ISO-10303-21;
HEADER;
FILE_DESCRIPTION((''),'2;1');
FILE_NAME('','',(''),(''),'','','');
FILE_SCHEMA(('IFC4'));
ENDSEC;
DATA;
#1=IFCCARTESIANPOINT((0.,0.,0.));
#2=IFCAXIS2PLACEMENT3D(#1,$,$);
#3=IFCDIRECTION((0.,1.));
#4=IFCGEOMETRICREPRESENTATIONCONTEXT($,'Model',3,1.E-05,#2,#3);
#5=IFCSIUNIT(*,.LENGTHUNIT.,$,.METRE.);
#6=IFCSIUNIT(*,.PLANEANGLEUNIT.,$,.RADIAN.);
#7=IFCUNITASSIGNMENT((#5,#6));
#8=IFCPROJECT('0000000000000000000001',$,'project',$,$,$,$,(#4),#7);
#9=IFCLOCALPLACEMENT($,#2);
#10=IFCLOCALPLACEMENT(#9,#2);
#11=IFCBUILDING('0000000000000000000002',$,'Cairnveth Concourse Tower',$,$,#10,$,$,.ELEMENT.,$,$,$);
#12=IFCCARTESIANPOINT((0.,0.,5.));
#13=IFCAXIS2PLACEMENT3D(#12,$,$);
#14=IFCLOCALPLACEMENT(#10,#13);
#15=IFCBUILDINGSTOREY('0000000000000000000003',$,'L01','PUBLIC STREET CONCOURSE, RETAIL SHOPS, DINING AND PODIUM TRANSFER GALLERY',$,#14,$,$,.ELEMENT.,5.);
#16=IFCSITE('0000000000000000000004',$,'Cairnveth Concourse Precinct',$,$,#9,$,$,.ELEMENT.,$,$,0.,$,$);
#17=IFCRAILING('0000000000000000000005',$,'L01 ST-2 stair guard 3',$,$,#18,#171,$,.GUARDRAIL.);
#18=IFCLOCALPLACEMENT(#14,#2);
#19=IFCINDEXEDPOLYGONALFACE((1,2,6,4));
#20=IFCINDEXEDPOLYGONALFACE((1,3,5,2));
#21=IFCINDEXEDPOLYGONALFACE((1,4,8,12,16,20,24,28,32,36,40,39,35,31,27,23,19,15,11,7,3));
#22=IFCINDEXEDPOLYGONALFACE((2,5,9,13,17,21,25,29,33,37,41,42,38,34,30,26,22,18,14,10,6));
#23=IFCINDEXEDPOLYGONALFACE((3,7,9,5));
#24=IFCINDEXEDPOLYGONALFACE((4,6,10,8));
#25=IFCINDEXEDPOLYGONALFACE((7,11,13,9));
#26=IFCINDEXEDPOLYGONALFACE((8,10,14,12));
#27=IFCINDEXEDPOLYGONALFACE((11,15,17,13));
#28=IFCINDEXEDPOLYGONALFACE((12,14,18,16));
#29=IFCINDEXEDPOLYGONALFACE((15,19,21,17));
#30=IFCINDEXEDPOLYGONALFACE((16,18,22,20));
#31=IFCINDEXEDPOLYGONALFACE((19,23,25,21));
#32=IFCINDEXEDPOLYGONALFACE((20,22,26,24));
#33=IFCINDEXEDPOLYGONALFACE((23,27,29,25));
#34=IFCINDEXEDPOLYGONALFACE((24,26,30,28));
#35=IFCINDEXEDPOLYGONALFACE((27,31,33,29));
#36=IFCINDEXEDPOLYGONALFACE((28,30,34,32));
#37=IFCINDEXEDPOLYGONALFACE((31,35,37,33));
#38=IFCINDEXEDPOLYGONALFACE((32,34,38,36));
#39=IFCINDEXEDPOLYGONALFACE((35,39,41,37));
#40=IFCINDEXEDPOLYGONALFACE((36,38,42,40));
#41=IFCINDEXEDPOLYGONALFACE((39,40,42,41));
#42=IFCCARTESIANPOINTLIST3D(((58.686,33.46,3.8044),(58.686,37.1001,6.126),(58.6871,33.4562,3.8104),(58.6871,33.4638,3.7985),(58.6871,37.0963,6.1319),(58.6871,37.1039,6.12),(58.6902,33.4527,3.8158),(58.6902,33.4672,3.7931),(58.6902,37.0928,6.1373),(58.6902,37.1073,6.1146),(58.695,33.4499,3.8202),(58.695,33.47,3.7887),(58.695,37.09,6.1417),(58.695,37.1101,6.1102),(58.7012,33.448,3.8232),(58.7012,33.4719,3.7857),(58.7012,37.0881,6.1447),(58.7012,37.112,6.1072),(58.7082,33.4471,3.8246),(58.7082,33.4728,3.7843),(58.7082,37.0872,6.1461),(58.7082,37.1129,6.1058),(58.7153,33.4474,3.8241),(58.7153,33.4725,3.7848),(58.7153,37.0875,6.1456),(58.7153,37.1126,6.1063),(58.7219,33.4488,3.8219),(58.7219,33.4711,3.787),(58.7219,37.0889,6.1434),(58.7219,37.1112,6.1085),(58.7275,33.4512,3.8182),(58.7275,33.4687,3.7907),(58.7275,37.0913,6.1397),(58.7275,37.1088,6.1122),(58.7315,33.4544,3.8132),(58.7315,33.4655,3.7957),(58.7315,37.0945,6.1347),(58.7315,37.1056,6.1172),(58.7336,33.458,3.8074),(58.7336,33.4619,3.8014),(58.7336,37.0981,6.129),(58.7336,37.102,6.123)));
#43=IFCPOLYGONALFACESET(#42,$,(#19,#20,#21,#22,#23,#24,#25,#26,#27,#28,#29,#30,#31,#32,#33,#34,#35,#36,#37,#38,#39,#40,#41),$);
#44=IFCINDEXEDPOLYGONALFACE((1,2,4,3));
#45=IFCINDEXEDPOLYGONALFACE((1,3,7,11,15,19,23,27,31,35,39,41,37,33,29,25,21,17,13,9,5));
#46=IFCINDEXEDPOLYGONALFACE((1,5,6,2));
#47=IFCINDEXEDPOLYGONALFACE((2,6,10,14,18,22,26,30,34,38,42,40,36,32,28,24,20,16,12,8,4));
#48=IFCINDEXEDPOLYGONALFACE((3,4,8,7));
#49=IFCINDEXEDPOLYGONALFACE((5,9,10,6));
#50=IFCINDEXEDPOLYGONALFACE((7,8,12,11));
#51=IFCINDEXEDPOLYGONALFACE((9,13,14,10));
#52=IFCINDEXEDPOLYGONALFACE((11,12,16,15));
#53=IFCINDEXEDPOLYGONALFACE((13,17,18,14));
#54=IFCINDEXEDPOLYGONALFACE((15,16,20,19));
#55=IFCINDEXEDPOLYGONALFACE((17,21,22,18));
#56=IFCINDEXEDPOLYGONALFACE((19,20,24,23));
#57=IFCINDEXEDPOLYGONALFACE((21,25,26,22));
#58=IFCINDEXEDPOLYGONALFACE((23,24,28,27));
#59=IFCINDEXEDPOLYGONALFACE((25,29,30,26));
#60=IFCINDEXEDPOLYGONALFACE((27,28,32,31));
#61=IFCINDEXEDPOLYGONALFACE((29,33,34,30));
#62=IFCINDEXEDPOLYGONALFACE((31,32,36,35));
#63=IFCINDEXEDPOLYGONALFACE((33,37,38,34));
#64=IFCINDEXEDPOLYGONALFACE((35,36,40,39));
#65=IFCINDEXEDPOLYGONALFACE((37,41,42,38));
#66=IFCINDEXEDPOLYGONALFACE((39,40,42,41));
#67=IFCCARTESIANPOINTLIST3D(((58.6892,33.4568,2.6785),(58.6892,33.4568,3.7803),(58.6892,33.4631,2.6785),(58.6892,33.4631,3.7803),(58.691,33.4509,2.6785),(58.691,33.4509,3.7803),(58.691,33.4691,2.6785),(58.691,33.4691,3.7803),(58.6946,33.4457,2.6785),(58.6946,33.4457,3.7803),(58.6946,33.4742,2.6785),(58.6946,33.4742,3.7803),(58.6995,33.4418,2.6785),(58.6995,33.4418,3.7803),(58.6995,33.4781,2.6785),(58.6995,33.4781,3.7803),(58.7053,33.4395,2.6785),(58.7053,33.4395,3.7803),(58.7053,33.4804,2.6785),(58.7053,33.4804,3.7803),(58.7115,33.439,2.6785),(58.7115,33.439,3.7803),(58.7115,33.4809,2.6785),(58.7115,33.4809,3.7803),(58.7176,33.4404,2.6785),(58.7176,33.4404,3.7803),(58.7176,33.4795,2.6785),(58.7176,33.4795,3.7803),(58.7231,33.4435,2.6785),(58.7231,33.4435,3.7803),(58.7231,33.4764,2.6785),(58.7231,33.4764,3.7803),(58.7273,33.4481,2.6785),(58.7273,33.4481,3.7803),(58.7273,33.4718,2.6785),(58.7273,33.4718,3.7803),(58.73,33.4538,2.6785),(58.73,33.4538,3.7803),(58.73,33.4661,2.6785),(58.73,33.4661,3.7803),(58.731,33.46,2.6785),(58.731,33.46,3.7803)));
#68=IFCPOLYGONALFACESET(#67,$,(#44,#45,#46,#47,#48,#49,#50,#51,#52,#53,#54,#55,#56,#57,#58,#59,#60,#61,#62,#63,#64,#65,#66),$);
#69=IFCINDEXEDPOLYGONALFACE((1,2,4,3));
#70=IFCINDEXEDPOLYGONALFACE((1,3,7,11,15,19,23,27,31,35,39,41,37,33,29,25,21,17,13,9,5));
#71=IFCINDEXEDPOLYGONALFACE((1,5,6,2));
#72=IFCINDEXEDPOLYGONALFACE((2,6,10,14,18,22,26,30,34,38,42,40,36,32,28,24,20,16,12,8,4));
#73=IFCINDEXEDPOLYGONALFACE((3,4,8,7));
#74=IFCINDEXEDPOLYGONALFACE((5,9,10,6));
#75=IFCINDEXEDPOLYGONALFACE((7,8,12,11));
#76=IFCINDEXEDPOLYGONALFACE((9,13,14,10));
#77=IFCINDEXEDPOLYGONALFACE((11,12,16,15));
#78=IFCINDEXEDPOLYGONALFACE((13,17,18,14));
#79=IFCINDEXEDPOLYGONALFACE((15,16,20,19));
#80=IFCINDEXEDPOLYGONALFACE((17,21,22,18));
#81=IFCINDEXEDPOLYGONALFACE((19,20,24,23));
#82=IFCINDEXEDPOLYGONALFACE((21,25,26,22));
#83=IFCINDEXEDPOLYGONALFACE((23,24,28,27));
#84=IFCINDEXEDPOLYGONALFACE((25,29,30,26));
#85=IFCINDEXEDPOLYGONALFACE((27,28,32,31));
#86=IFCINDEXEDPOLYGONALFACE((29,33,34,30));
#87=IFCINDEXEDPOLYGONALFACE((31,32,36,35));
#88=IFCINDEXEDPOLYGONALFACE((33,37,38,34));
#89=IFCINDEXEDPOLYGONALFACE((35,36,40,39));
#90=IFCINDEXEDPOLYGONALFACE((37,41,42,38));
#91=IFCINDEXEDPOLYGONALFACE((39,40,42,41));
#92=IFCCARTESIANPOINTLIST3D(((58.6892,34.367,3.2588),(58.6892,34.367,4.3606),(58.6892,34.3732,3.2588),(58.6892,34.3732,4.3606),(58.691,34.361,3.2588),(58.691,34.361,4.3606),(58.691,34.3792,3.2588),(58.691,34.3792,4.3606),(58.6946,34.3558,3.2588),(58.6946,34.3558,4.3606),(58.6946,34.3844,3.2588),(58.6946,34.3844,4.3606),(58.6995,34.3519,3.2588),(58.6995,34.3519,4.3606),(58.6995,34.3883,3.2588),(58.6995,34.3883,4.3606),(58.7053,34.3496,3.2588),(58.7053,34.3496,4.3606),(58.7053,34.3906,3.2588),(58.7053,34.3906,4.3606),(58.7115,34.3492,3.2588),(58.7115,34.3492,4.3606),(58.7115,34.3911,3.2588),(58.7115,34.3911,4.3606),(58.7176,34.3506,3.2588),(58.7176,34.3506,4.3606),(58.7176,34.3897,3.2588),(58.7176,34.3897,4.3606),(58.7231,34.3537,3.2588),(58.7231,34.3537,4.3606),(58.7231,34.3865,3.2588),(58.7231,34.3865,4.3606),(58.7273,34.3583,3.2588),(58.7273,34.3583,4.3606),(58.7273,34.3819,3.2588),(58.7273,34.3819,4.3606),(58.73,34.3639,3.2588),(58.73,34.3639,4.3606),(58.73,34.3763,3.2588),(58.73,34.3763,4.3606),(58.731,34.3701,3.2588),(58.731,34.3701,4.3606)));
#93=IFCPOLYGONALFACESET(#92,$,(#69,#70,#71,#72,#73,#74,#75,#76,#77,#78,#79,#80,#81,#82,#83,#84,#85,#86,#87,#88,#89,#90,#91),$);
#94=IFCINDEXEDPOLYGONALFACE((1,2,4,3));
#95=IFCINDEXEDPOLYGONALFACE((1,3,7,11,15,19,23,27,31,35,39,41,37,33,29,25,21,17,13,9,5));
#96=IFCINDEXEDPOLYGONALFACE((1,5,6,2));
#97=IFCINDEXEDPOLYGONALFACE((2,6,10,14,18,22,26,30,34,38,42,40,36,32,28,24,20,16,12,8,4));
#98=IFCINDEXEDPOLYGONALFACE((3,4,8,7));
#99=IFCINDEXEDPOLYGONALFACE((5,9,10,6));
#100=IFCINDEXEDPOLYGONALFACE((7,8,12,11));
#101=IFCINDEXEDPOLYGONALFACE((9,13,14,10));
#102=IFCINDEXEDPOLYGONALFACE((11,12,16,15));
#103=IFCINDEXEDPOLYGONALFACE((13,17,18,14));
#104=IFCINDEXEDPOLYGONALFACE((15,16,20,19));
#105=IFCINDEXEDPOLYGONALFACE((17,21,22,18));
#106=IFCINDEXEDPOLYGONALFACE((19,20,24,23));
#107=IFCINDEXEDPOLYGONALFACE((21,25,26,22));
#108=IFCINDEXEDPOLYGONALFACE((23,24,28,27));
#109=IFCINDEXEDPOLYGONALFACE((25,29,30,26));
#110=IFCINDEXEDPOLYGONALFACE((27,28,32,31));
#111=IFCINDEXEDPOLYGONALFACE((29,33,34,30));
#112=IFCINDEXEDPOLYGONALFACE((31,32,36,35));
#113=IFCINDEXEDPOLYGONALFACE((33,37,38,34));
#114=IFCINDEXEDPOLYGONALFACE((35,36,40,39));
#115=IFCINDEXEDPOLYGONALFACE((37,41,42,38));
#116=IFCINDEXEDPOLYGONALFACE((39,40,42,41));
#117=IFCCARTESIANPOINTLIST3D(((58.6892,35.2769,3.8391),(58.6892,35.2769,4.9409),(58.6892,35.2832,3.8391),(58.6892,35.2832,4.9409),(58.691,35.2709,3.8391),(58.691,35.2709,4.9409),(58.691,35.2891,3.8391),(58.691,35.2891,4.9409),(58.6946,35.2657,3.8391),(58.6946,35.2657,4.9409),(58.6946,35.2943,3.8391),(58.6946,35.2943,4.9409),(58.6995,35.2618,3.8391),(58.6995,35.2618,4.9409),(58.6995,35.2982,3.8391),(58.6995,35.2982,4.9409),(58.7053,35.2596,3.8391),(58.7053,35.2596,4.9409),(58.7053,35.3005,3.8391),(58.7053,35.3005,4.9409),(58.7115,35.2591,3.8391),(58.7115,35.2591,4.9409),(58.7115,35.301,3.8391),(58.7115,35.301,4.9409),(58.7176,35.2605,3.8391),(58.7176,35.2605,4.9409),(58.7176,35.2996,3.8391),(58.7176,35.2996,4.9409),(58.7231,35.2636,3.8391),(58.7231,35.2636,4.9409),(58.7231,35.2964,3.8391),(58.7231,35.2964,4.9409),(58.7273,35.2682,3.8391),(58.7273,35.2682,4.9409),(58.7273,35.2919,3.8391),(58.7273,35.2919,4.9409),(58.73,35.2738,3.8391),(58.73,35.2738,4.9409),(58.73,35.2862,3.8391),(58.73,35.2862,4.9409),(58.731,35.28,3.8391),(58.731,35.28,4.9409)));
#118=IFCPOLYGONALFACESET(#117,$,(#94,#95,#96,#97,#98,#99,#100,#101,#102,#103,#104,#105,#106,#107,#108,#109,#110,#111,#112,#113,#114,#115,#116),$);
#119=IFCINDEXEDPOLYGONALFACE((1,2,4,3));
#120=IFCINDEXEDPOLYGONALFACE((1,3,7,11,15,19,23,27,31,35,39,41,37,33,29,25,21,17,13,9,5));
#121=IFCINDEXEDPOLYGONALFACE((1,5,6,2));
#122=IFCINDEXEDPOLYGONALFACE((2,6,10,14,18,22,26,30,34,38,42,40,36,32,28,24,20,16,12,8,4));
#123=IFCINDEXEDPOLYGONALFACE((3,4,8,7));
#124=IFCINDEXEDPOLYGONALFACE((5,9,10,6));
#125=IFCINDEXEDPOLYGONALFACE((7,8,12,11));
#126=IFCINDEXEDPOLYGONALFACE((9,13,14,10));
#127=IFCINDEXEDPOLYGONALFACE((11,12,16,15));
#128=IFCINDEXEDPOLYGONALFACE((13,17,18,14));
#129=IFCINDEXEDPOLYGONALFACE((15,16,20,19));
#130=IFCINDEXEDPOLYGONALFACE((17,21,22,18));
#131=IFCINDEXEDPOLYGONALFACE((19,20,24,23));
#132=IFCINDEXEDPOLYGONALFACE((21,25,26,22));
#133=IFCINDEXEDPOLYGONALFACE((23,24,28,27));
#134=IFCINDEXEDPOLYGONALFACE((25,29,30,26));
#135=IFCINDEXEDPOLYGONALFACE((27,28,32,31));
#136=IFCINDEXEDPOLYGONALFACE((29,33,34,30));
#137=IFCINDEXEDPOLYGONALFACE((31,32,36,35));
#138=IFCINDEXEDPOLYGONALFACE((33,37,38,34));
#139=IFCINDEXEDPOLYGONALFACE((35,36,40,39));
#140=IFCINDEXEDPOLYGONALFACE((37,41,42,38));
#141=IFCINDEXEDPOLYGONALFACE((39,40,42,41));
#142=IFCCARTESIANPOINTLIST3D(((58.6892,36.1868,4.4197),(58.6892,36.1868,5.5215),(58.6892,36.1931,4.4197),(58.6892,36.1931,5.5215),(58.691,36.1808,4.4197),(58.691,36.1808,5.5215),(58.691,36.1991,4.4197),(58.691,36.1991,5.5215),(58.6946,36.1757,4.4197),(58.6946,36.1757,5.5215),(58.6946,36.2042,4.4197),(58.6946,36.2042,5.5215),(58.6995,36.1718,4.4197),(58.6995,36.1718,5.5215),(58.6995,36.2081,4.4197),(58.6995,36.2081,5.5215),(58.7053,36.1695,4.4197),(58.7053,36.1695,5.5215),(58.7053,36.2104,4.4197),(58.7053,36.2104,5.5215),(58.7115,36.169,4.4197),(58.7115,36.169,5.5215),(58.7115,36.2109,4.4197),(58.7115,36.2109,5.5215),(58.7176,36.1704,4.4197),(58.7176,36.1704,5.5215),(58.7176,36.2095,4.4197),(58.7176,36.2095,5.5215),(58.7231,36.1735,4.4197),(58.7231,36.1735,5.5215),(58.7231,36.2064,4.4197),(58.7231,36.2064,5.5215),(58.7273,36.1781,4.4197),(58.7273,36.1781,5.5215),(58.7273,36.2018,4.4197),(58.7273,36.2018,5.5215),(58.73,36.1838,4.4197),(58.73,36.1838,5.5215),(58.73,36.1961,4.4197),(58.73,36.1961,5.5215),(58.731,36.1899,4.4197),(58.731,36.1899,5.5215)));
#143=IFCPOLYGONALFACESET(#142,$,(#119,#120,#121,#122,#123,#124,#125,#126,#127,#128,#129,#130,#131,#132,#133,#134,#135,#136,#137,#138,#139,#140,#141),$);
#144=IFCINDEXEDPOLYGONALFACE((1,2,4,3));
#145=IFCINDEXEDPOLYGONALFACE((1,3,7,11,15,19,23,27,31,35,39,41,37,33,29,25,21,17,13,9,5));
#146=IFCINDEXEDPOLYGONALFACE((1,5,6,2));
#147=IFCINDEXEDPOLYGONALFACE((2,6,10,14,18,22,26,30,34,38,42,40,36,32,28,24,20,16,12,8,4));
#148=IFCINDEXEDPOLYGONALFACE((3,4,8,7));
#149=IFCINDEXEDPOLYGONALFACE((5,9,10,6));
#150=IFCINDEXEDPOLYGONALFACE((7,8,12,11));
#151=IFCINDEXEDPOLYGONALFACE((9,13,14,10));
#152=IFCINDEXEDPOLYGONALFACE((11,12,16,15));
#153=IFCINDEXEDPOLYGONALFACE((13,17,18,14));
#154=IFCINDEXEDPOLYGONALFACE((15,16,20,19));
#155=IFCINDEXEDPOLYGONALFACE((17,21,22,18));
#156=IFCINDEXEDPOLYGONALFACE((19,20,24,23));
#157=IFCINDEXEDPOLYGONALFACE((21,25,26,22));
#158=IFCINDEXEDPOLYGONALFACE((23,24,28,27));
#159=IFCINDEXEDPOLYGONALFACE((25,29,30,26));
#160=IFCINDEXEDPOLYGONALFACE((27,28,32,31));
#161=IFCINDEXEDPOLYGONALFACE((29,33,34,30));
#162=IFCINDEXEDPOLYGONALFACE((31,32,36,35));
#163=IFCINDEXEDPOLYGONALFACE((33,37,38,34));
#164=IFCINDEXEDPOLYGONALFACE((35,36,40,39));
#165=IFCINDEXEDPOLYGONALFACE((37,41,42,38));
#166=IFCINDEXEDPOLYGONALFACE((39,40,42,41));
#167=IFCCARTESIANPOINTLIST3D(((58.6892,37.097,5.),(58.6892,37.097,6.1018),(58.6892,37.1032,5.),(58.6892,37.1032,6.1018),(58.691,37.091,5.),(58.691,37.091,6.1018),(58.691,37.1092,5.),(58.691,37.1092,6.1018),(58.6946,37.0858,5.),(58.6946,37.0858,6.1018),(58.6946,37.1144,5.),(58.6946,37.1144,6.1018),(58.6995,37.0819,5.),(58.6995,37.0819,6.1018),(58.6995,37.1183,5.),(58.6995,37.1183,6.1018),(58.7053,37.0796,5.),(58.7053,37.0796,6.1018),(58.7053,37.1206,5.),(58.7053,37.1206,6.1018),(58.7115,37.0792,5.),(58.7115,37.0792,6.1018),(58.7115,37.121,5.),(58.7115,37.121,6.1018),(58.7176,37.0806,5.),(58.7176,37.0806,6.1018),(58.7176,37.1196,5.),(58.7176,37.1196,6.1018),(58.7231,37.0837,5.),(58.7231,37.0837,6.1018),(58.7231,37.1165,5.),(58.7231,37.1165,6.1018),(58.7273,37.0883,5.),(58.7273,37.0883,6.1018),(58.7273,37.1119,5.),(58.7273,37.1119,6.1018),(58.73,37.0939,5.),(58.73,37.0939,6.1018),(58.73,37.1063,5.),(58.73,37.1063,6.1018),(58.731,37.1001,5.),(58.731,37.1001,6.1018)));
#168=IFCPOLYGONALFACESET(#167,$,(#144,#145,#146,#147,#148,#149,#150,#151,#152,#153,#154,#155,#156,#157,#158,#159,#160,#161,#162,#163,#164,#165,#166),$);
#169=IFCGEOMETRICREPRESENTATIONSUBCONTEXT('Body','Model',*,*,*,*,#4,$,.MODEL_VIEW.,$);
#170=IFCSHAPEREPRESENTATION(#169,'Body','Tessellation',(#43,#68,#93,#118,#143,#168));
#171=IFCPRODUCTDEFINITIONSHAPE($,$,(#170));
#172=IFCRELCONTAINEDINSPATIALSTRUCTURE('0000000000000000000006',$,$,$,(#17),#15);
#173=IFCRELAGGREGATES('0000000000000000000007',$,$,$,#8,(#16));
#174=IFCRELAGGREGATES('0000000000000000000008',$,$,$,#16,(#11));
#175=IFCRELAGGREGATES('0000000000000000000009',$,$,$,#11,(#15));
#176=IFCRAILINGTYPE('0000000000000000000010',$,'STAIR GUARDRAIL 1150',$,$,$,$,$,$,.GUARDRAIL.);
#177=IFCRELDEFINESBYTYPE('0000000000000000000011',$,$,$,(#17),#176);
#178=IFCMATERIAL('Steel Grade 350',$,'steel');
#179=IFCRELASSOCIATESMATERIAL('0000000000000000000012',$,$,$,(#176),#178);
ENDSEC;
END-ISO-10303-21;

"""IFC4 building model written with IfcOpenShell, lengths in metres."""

from ifc_helpers import new_model, si_unit, direction, frame, origin, origin_2d, place, context, subcontext, project, spatial, circle, extrude, material, type_object, element, save


model = new_model("IFC4")

# Units and contexts
model_context = context("Model", 3, precision=1e-05, world=origin(), true_north=direction((0.0, 1.0)))
body_context = subcontext(model_context, "Body", "Model", "MODEL_VIEW")
ifc_project = project(units=[si_unit("LENGTHUNIT", "METRE"), si_unit("PLANEANGLEUNIT", "RADIAN")], contexts=[model_context])

# Site, building, storey
site_placement = place(None, origin())
site = spatial("IfcSite", under=ifc_project, at=site_placement, Name="Cairnveth Concourse Precinct", CompositionType="ELEMENT", RefElevation=0.0)
building_placement = place(site_placement, origin())
building = spatial("IfcBuilding", under=site, at=building_placement, Name="Cairnveth Concourse Tower", CompositionType="ELEMENT")
storey_placement = place(building_placement, frame((0.0, 0.0, 5.0)))
storey = spatial("IfcBuildingStorey", under=building, at=storey_placement, Name="L01", Description="PUBLIC STREET CONCOURSE, RETAIL SHOPS, DINING AND PODIUM TRANSFER GALLERY", CompositionType="ELEMENT", Elevation=5.0)

# Shared definitions
ifc_material_1 = material(Name="Steel Grade 350", Category="steel")

# Railing
railing_type_1 = type_object("IfcRailingType", Name="STAIR GUARDRAIL 1150", PredefinedType="GUARDRAIL", material=ifc_material_1)
railing_1_placement = place(storey_placement, frame((58.71, 33.46, 2.6785)))
element("IfcRailing", 1, at=railing_1_placement, inside=storey, type_object=railing_type_1, Name="L01 ST-2 stair guard 3", PredefinedType="GUARDRAIL", context=body_context, shape_type="SweptSolid", body=[
    extrude(circle(Radius=0.0239, at=origin_2d()), frame((0.0, 0.0, 1.126), z_axis=(0.0, 0.843128, 0.537713), x_axis=(-1.0, 0.0, 0.0)), (0.0, 0.0, 1.0), 4.3174),
    extrude(circle(Radius=0.021, at=origin_2d()), origin(), (0.0, 0.0, 1.0), 1.1018),
    extrude(circle(Radius=0.021, at=origin_2d()), frame((0.0, 0.9102, 0.5803)), (0.0, 0.0, 1.0), 1.1018),
    extrude(circle(Radius=0.021, at=origin_2d()), frame((0.0, 1.8201, 1.1606)), (0.0, 0.0, 1.0), 1.1018),
    extrude(circle(Radius=0.021, at=origin_2d()), frame((0.0, 2.73, 1.7412)), (0.0, 0.0, 1.0), 1.1018),
    extrude(circle(Radius=0.021, at=origin_2d()), frame((0.0, 3.6401, 2.3215)), (0.0, 0.0, 1.0), 1.1018),
])

save(model, "model.ifc")
